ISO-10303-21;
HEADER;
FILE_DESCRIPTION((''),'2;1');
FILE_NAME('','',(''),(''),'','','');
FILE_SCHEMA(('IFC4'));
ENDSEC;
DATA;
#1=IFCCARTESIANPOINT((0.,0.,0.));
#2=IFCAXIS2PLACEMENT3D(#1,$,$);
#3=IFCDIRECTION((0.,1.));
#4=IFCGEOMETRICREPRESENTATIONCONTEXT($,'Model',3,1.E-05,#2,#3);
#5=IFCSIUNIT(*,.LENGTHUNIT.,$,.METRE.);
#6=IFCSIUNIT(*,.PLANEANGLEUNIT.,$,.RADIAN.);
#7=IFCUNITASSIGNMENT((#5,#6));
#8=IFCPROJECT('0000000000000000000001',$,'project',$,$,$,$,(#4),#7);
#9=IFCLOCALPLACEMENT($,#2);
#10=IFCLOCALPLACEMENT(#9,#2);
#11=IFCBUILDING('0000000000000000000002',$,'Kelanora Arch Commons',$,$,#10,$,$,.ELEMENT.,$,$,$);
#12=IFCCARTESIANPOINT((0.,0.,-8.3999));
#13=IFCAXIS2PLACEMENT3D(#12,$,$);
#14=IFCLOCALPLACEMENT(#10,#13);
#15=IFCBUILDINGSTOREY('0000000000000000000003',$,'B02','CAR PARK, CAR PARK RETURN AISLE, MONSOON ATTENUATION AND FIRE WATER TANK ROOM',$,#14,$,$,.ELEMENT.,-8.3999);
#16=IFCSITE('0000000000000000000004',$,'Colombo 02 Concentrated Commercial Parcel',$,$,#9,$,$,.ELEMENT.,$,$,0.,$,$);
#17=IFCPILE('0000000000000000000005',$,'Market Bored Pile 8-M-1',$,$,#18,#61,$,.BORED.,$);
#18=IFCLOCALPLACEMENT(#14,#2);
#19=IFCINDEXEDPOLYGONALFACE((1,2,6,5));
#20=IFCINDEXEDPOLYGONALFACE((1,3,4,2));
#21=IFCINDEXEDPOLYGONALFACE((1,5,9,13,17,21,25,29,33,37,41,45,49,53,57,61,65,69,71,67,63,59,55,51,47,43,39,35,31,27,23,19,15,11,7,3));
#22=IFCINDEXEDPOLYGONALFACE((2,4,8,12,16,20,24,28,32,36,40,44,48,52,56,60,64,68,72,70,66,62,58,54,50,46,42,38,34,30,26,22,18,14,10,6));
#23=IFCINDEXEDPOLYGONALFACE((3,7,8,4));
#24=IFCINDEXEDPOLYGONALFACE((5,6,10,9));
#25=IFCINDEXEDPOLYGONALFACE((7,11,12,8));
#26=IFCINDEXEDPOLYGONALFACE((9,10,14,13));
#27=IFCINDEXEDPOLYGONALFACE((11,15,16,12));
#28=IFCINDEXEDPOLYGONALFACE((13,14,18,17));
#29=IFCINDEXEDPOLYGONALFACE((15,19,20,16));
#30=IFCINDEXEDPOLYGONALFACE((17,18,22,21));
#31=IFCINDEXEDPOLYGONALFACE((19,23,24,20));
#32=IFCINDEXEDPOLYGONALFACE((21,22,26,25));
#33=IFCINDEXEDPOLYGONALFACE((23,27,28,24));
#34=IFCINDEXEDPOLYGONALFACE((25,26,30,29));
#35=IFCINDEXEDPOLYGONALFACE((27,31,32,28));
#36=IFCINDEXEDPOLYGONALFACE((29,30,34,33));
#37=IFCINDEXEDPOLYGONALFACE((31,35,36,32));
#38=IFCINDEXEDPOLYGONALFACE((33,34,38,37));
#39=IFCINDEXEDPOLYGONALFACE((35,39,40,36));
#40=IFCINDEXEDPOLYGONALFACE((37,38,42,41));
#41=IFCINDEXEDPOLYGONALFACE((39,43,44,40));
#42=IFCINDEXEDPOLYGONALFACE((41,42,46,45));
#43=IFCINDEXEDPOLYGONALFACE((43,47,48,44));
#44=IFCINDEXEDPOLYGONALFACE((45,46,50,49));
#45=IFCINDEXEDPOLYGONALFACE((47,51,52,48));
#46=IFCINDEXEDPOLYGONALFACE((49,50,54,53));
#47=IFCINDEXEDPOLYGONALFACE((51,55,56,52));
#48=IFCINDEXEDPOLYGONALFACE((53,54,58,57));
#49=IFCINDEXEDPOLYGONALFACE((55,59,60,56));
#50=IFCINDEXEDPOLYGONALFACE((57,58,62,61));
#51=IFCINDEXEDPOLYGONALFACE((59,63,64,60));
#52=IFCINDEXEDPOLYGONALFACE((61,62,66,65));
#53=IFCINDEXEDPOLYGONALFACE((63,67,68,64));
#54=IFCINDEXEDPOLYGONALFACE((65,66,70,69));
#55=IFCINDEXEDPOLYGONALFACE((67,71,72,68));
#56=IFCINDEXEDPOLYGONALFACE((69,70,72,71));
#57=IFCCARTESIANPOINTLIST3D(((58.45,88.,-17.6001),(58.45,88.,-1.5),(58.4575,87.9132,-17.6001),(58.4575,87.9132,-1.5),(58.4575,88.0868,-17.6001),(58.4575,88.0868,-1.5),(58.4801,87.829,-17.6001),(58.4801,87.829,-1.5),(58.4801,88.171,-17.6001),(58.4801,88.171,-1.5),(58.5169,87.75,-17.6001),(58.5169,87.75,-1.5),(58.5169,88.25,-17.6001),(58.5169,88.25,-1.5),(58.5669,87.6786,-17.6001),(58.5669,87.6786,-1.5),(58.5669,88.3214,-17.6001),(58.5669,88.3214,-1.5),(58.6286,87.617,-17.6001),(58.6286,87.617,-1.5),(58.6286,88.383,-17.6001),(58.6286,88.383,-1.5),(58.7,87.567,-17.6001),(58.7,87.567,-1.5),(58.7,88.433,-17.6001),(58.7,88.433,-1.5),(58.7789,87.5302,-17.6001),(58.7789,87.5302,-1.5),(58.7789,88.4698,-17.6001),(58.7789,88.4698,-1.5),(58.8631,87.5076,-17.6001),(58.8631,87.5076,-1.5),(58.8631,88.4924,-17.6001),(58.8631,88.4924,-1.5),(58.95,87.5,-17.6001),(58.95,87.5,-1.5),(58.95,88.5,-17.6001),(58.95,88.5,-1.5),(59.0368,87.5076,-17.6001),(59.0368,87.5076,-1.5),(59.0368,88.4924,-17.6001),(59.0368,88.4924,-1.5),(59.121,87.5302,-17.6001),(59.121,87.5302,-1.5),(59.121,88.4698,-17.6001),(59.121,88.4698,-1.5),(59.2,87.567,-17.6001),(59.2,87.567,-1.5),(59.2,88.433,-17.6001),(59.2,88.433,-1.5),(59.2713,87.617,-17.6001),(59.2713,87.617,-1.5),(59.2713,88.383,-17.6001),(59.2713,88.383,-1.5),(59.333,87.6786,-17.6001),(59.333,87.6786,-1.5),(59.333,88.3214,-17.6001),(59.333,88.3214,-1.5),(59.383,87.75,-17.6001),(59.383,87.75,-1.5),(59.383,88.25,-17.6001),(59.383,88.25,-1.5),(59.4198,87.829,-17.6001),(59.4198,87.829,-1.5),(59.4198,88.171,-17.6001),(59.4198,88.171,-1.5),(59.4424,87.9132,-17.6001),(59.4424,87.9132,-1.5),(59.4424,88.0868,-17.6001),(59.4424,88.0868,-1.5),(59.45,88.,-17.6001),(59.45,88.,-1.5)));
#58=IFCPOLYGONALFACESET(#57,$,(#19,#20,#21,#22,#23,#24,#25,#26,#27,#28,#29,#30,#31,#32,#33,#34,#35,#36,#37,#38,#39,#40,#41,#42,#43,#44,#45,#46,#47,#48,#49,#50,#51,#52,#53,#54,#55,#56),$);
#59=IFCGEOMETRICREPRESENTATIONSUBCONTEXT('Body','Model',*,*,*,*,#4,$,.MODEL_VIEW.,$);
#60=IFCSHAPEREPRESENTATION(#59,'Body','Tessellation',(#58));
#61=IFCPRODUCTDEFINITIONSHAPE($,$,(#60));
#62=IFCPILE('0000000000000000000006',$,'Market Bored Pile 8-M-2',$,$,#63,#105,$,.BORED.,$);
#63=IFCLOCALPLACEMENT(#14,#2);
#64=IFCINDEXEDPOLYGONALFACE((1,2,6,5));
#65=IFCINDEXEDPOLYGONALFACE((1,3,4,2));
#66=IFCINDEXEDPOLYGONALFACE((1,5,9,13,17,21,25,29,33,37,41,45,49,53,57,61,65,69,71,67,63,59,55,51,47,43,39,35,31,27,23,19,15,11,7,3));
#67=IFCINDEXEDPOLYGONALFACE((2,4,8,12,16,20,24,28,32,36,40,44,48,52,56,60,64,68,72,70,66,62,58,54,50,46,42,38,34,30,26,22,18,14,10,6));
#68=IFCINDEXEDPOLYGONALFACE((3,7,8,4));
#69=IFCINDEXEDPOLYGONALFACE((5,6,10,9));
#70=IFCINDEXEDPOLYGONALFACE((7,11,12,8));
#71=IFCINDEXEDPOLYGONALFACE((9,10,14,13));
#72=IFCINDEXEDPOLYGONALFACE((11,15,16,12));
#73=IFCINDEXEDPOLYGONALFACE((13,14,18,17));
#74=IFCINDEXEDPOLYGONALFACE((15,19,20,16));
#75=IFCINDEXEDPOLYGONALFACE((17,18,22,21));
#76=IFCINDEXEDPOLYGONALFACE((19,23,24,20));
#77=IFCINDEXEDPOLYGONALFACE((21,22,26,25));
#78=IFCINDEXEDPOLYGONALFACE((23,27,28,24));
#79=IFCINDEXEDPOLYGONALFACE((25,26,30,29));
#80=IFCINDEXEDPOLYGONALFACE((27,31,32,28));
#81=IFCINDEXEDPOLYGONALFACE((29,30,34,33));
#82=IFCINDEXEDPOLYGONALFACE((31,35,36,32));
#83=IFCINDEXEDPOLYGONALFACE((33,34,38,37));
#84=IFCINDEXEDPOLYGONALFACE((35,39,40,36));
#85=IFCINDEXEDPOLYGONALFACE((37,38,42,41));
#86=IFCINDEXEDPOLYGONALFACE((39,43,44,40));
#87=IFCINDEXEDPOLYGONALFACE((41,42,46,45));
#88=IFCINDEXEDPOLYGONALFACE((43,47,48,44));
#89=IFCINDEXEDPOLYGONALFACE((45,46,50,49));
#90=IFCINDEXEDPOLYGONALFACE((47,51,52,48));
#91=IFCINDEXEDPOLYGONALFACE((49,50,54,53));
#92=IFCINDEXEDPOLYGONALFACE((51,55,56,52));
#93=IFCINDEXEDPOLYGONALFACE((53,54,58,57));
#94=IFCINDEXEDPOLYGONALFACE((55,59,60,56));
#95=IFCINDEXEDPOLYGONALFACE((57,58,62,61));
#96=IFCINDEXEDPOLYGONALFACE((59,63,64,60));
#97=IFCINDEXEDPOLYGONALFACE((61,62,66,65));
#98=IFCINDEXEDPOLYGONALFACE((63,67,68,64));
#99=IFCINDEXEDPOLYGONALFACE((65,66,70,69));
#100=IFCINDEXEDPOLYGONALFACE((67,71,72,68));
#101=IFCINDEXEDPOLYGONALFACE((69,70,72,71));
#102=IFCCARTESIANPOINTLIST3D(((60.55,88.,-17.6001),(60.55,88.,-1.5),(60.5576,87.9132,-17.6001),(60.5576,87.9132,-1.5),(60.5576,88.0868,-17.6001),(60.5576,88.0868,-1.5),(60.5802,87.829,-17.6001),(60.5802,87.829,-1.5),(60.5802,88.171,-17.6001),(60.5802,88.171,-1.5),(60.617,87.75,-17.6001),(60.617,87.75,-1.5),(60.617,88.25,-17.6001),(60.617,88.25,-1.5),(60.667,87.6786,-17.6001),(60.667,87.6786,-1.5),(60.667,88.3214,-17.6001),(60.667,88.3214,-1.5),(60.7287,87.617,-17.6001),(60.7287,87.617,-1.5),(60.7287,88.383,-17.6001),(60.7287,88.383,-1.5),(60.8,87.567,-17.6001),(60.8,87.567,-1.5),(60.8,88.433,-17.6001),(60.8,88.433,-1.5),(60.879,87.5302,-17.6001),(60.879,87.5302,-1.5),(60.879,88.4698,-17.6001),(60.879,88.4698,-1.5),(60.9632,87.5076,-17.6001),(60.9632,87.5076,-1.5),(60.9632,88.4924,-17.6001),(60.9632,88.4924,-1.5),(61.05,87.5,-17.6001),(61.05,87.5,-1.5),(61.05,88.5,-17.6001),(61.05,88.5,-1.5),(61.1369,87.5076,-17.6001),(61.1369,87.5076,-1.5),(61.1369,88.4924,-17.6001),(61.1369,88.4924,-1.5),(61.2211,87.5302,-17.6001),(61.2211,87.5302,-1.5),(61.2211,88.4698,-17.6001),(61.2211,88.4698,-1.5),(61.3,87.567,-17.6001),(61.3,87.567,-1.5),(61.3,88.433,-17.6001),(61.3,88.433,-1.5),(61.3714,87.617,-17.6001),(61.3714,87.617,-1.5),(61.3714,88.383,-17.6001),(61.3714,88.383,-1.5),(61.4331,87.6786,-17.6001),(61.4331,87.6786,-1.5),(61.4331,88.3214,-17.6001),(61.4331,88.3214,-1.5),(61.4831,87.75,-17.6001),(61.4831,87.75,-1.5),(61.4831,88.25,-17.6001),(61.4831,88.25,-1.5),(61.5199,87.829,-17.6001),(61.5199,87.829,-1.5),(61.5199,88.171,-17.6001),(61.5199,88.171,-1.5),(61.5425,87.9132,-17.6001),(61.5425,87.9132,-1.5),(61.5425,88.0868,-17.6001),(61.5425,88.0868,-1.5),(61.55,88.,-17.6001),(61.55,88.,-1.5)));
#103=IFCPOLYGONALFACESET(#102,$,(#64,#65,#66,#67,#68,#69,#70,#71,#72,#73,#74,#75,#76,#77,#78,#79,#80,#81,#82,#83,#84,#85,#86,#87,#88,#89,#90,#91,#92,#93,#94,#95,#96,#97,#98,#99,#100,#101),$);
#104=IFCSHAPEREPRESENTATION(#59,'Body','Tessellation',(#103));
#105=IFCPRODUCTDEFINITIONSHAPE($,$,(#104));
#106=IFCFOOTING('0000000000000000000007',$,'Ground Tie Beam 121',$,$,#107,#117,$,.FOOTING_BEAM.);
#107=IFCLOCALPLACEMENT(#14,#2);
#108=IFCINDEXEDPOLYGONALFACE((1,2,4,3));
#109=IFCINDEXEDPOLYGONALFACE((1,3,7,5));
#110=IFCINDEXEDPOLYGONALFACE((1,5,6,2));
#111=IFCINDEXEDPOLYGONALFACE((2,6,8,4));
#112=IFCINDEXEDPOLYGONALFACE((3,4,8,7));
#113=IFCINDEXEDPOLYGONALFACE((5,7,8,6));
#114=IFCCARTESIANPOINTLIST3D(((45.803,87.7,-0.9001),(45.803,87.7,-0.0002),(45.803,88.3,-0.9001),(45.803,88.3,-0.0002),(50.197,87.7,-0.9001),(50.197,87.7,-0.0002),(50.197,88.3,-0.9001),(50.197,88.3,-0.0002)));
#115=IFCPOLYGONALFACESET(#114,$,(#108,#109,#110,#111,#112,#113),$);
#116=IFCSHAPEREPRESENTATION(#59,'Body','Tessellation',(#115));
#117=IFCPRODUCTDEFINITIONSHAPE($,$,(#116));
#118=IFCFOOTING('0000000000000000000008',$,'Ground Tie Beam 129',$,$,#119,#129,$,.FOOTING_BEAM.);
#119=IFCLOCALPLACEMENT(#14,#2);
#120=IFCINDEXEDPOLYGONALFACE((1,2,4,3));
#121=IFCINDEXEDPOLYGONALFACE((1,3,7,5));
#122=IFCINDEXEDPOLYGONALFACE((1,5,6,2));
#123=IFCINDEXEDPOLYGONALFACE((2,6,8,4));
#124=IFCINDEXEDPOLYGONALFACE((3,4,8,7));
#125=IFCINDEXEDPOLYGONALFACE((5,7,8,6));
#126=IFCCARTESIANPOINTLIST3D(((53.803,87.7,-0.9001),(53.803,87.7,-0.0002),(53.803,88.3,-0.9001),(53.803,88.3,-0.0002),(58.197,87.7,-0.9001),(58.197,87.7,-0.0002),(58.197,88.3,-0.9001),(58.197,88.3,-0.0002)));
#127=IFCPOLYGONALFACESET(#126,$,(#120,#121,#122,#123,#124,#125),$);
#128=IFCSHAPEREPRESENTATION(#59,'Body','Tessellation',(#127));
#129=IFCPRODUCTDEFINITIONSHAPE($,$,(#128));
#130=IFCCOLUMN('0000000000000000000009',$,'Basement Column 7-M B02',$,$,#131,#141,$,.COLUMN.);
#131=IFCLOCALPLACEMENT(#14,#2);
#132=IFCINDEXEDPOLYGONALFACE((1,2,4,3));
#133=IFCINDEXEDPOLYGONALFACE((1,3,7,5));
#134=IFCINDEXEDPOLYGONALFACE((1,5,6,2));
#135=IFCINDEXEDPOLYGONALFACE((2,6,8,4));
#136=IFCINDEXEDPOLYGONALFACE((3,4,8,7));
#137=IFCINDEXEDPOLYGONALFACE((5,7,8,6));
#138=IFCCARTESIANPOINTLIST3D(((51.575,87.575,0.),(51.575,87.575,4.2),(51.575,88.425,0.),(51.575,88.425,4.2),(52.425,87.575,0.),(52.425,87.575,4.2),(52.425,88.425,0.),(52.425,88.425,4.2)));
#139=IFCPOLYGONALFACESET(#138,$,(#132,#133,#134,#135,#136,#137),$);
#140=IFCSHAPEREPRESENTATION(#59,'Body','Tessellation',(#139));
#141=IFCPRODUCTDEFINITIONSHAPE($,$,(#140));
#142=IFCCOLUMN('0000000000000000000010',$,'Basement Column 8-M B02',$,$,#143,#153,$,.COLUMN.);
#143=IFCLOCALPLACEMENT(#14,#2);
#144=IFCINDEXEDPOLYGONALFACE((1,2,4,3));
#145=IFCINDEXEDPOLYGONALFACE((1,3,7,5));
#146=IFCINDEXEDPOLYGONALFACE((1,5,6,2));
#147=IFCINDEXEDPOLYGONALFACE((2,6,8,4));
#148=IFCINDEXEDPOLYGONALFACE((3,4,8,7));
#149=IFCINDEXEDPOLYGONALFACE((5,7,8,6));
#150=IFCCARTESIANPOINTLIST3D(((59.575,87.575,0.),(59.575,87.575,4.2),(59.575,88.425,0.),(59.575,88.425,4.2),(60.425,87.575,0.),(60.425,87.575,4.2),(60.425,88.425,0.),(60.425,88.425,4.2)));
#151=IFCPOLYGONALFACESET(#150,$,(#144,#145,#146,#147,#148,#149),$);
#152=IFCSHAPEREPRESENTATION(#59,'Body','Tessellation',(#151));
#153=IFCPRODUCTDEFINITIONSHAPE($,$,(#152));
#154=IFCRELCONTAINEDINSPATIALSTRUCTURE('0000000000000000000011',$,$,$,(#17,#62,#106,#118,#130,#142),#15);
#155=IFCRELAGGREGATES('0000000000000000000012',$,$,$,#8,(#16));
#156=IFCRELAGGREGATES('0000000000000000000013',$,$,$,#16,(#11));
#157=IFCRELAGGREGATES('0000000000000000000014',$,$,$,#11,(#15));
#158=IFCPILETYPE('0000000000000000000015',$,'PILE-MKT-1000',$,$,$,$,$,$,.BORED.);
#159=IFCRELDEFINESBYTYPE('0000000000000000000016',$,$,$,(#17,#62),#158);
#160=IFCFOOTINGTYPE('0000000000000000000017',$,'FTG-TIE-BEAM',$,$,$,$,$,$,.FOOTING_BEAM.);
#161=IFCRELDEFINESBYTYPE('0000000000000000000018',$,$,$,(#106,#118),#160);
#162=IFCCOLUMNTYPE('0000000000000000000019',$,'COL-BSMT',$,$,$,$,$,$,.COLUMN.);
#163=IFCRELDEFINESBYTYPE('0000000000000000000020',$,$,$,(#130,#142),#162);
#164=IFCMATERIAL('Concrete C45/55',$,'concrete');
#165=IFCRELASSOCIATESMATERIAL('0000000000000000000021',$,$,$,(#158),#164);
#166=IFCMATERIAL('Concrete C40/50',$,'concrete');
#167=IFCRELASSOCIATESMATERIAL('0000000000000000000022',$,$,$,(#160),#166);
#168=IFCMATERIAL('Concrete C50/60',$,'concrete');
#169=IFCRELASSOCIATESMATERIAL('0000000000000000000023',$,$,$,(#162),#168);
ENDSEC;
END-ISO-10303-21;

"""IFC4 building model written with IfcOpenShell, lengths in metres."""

from ifc_helpers import new_model, si_unit, direction, frame, origin, origin_2d, place, context, subcontext, project, spatial, rectangle, circle, extrude, source, transform, mapped, material, material_profile, profile_set, type_object, element, save


model = new_model("IFC4")

# Units and contexts
model_context = context("Model", 3, precision=1e-05, world=origin(), true_north=direction((0.0, 1.0)))
body_context = subcontext(model_context, "Body", "Model", "MODEL_VIEW")
ifc_project = project(units=[si_unit("LENGTHUNIT", "METRE"), si_unit("PLANEANGLEUNIT", "RADIAN")], contexts=[model_context])

# Site, building, storey
site_placement = place(None, origin())
site = spatial("IfcSite", under=ifc_project, at=site_placement, Name="Colombo 02 Concentrated Commercial Parcel", CompositionType="ELEMENT", RefElevation=0.0)
building_placement = place(site_placement, origin())
building = spatial("IfcBuilding", under=site, at=building_placement, Name="Kelanora Arch Commons", CompositionType="ELEMENT")
storey_placement = place(building_placement, frame((0.0, 0.0, -8.3999)))
storey = spatial("IfcBuildingStorey", under=building, at=storey_placement, Name="B02", Description="CAR PARK, CAR PARK RETURN AISLE, MONSOON ATTENUATION AND FIRE WATER TANK ROOM", CompositionType="ELEMENT", Elevation=-8.3999)

# Shared definitions
ifc_material_1 = material(Name="Concrete C45/55", Category="concrete")

# Shared definitions
ifc_material_2 = material(Name="Concrete C40/50", Category="concrete")

# Piles
ifc_material_profile_1 = material_profile(ifc_material_1, circle(Radius=0.5, at=origin_2d()), Name="PILE1000")
ifc_profile_set_1 = profile_set([ifc_material_profile_1], Name="Concrete C45/55")
pile_type_1 = type_object("IfcPileType", Name="PILE-MKT-1000", PredefinedType="BORED", material=ifc_profile_set_1)
shared_shape_1 = source(origin(), body_context, "Body", "SweptSolid", [
    extrude(circle(Radius=0.5, at=origin_2d()), origin(), (0.0, 0.0, 1.0), 16.1001),
])
for number, where, z_axis, x_axis, name in (
    (1, (58.95, 88.0, -1.5), (0.0, 0.0, -1.0), (1.0, 0.0, 0.0), "Market Bored Pile 8-M-1"),
    (2, (61.05, 88.0, -1.5), (0.0, 0.0, -1.0), (1.0, 0.0, 0.0), "Market Bored Pile 8-M-2"),
):
    element("IfcPile", number, at=place(storey_placement, frame(where, z_axis=z_axis, x_axis=x_axis)), inside=storey, type_object=pile_type_1, Name=name, PredefinedType="BORED", context=body_context, shape_type="MappedRepresentation", body=[
        mapped(shared_shape_1, transform((0.0, 0.0, 0.0), scale=1.0)),
    ])

# Footings
footing_type_1 = type_object("IfcFootingType", Name="FTG-TIE-BEAM", PredefinedType="FOOTING_BEAM", material=ifc_material_2)
shared_shape_2 = source(origin(), body_context, "Body", "SweptSolid", [
    extrude(rectangle(XDim=4.394, YDim=0.6001, at=origin_2d()), origin(), (0.0, 0.0, 1.0), 0.8999),
])
for number, where, z_axis, x_axis, name in (
    (3, (48.0, 88.0, -0.9001), (0.0, 0.0, 1.0), (1.0, 0.0, 0.0), "Ground Tie Beam 121"),
    (4, (56.0, 88.0, -0.9001), (0.0, 0.0, 1.0), (1.0, 0.0, 0.0), "Ground Tie Beam 129"),
):
    element("IfcFooting", number, at=place(storey_placement, frame(where, z_axis=z_axis, x_axis=x_axis)), inside=storey, type_object=footing_type_1, Name=name, PredefinedType="FOOTING_BEAM", context=body_context, shape_type="MappedRepresentation", body=[
        mapped(shared_shape_2, transform((0.0, 0.0, 0.0), scale=1.0)),
    ])

# Columns
ifc_material_3 = material(Name="Concrete C50/60", Category="concrete")
ifc_material_profile_2 = material_profile(ifc_material_3, rectangle(XDim=0.8501, YDim=0.8501, at=origin_2d()), Name="RC850x850")
ifc_profile_set_2 = profile_set([ifc_material_profile_2], Name="Concrete C50/60")
column_type_1 = type_object("IfcColumnType", Name="COL-BSMT", PredefinedType="COLUMN", material=ifc_profile_set_2)
for number, where, z_axis, x_axis, name in (
    (5, (52.0, 88.0, 0.0), (0.0, 0.0, 1.0), (1.0, 0.0, 0.0), "Basement Column 7-M B02"),
    (6, (60.0, 88.0, 0.0), (0.0, 0.0, 1.0), (1.0, 0.0, 0.0), "Basement Column 8-M B02"),
):
    element("IfcColumn", number, at=place(storey_placement, frame(where, z_axis=z_axis, x_axis=x_axis)), inside=storey, type_object=column_type_1, Name=name, PredefinedType="COLUMN", context=body_context, shape_type="SweptSolid", body=[
        extrude(rectangle(XDim=0.8501, YDim=0.8501, at=origin_2d()), origin(), (0.0, 0.0, 1.0), 4.2),
    ])

save(model, "model.ifc")
